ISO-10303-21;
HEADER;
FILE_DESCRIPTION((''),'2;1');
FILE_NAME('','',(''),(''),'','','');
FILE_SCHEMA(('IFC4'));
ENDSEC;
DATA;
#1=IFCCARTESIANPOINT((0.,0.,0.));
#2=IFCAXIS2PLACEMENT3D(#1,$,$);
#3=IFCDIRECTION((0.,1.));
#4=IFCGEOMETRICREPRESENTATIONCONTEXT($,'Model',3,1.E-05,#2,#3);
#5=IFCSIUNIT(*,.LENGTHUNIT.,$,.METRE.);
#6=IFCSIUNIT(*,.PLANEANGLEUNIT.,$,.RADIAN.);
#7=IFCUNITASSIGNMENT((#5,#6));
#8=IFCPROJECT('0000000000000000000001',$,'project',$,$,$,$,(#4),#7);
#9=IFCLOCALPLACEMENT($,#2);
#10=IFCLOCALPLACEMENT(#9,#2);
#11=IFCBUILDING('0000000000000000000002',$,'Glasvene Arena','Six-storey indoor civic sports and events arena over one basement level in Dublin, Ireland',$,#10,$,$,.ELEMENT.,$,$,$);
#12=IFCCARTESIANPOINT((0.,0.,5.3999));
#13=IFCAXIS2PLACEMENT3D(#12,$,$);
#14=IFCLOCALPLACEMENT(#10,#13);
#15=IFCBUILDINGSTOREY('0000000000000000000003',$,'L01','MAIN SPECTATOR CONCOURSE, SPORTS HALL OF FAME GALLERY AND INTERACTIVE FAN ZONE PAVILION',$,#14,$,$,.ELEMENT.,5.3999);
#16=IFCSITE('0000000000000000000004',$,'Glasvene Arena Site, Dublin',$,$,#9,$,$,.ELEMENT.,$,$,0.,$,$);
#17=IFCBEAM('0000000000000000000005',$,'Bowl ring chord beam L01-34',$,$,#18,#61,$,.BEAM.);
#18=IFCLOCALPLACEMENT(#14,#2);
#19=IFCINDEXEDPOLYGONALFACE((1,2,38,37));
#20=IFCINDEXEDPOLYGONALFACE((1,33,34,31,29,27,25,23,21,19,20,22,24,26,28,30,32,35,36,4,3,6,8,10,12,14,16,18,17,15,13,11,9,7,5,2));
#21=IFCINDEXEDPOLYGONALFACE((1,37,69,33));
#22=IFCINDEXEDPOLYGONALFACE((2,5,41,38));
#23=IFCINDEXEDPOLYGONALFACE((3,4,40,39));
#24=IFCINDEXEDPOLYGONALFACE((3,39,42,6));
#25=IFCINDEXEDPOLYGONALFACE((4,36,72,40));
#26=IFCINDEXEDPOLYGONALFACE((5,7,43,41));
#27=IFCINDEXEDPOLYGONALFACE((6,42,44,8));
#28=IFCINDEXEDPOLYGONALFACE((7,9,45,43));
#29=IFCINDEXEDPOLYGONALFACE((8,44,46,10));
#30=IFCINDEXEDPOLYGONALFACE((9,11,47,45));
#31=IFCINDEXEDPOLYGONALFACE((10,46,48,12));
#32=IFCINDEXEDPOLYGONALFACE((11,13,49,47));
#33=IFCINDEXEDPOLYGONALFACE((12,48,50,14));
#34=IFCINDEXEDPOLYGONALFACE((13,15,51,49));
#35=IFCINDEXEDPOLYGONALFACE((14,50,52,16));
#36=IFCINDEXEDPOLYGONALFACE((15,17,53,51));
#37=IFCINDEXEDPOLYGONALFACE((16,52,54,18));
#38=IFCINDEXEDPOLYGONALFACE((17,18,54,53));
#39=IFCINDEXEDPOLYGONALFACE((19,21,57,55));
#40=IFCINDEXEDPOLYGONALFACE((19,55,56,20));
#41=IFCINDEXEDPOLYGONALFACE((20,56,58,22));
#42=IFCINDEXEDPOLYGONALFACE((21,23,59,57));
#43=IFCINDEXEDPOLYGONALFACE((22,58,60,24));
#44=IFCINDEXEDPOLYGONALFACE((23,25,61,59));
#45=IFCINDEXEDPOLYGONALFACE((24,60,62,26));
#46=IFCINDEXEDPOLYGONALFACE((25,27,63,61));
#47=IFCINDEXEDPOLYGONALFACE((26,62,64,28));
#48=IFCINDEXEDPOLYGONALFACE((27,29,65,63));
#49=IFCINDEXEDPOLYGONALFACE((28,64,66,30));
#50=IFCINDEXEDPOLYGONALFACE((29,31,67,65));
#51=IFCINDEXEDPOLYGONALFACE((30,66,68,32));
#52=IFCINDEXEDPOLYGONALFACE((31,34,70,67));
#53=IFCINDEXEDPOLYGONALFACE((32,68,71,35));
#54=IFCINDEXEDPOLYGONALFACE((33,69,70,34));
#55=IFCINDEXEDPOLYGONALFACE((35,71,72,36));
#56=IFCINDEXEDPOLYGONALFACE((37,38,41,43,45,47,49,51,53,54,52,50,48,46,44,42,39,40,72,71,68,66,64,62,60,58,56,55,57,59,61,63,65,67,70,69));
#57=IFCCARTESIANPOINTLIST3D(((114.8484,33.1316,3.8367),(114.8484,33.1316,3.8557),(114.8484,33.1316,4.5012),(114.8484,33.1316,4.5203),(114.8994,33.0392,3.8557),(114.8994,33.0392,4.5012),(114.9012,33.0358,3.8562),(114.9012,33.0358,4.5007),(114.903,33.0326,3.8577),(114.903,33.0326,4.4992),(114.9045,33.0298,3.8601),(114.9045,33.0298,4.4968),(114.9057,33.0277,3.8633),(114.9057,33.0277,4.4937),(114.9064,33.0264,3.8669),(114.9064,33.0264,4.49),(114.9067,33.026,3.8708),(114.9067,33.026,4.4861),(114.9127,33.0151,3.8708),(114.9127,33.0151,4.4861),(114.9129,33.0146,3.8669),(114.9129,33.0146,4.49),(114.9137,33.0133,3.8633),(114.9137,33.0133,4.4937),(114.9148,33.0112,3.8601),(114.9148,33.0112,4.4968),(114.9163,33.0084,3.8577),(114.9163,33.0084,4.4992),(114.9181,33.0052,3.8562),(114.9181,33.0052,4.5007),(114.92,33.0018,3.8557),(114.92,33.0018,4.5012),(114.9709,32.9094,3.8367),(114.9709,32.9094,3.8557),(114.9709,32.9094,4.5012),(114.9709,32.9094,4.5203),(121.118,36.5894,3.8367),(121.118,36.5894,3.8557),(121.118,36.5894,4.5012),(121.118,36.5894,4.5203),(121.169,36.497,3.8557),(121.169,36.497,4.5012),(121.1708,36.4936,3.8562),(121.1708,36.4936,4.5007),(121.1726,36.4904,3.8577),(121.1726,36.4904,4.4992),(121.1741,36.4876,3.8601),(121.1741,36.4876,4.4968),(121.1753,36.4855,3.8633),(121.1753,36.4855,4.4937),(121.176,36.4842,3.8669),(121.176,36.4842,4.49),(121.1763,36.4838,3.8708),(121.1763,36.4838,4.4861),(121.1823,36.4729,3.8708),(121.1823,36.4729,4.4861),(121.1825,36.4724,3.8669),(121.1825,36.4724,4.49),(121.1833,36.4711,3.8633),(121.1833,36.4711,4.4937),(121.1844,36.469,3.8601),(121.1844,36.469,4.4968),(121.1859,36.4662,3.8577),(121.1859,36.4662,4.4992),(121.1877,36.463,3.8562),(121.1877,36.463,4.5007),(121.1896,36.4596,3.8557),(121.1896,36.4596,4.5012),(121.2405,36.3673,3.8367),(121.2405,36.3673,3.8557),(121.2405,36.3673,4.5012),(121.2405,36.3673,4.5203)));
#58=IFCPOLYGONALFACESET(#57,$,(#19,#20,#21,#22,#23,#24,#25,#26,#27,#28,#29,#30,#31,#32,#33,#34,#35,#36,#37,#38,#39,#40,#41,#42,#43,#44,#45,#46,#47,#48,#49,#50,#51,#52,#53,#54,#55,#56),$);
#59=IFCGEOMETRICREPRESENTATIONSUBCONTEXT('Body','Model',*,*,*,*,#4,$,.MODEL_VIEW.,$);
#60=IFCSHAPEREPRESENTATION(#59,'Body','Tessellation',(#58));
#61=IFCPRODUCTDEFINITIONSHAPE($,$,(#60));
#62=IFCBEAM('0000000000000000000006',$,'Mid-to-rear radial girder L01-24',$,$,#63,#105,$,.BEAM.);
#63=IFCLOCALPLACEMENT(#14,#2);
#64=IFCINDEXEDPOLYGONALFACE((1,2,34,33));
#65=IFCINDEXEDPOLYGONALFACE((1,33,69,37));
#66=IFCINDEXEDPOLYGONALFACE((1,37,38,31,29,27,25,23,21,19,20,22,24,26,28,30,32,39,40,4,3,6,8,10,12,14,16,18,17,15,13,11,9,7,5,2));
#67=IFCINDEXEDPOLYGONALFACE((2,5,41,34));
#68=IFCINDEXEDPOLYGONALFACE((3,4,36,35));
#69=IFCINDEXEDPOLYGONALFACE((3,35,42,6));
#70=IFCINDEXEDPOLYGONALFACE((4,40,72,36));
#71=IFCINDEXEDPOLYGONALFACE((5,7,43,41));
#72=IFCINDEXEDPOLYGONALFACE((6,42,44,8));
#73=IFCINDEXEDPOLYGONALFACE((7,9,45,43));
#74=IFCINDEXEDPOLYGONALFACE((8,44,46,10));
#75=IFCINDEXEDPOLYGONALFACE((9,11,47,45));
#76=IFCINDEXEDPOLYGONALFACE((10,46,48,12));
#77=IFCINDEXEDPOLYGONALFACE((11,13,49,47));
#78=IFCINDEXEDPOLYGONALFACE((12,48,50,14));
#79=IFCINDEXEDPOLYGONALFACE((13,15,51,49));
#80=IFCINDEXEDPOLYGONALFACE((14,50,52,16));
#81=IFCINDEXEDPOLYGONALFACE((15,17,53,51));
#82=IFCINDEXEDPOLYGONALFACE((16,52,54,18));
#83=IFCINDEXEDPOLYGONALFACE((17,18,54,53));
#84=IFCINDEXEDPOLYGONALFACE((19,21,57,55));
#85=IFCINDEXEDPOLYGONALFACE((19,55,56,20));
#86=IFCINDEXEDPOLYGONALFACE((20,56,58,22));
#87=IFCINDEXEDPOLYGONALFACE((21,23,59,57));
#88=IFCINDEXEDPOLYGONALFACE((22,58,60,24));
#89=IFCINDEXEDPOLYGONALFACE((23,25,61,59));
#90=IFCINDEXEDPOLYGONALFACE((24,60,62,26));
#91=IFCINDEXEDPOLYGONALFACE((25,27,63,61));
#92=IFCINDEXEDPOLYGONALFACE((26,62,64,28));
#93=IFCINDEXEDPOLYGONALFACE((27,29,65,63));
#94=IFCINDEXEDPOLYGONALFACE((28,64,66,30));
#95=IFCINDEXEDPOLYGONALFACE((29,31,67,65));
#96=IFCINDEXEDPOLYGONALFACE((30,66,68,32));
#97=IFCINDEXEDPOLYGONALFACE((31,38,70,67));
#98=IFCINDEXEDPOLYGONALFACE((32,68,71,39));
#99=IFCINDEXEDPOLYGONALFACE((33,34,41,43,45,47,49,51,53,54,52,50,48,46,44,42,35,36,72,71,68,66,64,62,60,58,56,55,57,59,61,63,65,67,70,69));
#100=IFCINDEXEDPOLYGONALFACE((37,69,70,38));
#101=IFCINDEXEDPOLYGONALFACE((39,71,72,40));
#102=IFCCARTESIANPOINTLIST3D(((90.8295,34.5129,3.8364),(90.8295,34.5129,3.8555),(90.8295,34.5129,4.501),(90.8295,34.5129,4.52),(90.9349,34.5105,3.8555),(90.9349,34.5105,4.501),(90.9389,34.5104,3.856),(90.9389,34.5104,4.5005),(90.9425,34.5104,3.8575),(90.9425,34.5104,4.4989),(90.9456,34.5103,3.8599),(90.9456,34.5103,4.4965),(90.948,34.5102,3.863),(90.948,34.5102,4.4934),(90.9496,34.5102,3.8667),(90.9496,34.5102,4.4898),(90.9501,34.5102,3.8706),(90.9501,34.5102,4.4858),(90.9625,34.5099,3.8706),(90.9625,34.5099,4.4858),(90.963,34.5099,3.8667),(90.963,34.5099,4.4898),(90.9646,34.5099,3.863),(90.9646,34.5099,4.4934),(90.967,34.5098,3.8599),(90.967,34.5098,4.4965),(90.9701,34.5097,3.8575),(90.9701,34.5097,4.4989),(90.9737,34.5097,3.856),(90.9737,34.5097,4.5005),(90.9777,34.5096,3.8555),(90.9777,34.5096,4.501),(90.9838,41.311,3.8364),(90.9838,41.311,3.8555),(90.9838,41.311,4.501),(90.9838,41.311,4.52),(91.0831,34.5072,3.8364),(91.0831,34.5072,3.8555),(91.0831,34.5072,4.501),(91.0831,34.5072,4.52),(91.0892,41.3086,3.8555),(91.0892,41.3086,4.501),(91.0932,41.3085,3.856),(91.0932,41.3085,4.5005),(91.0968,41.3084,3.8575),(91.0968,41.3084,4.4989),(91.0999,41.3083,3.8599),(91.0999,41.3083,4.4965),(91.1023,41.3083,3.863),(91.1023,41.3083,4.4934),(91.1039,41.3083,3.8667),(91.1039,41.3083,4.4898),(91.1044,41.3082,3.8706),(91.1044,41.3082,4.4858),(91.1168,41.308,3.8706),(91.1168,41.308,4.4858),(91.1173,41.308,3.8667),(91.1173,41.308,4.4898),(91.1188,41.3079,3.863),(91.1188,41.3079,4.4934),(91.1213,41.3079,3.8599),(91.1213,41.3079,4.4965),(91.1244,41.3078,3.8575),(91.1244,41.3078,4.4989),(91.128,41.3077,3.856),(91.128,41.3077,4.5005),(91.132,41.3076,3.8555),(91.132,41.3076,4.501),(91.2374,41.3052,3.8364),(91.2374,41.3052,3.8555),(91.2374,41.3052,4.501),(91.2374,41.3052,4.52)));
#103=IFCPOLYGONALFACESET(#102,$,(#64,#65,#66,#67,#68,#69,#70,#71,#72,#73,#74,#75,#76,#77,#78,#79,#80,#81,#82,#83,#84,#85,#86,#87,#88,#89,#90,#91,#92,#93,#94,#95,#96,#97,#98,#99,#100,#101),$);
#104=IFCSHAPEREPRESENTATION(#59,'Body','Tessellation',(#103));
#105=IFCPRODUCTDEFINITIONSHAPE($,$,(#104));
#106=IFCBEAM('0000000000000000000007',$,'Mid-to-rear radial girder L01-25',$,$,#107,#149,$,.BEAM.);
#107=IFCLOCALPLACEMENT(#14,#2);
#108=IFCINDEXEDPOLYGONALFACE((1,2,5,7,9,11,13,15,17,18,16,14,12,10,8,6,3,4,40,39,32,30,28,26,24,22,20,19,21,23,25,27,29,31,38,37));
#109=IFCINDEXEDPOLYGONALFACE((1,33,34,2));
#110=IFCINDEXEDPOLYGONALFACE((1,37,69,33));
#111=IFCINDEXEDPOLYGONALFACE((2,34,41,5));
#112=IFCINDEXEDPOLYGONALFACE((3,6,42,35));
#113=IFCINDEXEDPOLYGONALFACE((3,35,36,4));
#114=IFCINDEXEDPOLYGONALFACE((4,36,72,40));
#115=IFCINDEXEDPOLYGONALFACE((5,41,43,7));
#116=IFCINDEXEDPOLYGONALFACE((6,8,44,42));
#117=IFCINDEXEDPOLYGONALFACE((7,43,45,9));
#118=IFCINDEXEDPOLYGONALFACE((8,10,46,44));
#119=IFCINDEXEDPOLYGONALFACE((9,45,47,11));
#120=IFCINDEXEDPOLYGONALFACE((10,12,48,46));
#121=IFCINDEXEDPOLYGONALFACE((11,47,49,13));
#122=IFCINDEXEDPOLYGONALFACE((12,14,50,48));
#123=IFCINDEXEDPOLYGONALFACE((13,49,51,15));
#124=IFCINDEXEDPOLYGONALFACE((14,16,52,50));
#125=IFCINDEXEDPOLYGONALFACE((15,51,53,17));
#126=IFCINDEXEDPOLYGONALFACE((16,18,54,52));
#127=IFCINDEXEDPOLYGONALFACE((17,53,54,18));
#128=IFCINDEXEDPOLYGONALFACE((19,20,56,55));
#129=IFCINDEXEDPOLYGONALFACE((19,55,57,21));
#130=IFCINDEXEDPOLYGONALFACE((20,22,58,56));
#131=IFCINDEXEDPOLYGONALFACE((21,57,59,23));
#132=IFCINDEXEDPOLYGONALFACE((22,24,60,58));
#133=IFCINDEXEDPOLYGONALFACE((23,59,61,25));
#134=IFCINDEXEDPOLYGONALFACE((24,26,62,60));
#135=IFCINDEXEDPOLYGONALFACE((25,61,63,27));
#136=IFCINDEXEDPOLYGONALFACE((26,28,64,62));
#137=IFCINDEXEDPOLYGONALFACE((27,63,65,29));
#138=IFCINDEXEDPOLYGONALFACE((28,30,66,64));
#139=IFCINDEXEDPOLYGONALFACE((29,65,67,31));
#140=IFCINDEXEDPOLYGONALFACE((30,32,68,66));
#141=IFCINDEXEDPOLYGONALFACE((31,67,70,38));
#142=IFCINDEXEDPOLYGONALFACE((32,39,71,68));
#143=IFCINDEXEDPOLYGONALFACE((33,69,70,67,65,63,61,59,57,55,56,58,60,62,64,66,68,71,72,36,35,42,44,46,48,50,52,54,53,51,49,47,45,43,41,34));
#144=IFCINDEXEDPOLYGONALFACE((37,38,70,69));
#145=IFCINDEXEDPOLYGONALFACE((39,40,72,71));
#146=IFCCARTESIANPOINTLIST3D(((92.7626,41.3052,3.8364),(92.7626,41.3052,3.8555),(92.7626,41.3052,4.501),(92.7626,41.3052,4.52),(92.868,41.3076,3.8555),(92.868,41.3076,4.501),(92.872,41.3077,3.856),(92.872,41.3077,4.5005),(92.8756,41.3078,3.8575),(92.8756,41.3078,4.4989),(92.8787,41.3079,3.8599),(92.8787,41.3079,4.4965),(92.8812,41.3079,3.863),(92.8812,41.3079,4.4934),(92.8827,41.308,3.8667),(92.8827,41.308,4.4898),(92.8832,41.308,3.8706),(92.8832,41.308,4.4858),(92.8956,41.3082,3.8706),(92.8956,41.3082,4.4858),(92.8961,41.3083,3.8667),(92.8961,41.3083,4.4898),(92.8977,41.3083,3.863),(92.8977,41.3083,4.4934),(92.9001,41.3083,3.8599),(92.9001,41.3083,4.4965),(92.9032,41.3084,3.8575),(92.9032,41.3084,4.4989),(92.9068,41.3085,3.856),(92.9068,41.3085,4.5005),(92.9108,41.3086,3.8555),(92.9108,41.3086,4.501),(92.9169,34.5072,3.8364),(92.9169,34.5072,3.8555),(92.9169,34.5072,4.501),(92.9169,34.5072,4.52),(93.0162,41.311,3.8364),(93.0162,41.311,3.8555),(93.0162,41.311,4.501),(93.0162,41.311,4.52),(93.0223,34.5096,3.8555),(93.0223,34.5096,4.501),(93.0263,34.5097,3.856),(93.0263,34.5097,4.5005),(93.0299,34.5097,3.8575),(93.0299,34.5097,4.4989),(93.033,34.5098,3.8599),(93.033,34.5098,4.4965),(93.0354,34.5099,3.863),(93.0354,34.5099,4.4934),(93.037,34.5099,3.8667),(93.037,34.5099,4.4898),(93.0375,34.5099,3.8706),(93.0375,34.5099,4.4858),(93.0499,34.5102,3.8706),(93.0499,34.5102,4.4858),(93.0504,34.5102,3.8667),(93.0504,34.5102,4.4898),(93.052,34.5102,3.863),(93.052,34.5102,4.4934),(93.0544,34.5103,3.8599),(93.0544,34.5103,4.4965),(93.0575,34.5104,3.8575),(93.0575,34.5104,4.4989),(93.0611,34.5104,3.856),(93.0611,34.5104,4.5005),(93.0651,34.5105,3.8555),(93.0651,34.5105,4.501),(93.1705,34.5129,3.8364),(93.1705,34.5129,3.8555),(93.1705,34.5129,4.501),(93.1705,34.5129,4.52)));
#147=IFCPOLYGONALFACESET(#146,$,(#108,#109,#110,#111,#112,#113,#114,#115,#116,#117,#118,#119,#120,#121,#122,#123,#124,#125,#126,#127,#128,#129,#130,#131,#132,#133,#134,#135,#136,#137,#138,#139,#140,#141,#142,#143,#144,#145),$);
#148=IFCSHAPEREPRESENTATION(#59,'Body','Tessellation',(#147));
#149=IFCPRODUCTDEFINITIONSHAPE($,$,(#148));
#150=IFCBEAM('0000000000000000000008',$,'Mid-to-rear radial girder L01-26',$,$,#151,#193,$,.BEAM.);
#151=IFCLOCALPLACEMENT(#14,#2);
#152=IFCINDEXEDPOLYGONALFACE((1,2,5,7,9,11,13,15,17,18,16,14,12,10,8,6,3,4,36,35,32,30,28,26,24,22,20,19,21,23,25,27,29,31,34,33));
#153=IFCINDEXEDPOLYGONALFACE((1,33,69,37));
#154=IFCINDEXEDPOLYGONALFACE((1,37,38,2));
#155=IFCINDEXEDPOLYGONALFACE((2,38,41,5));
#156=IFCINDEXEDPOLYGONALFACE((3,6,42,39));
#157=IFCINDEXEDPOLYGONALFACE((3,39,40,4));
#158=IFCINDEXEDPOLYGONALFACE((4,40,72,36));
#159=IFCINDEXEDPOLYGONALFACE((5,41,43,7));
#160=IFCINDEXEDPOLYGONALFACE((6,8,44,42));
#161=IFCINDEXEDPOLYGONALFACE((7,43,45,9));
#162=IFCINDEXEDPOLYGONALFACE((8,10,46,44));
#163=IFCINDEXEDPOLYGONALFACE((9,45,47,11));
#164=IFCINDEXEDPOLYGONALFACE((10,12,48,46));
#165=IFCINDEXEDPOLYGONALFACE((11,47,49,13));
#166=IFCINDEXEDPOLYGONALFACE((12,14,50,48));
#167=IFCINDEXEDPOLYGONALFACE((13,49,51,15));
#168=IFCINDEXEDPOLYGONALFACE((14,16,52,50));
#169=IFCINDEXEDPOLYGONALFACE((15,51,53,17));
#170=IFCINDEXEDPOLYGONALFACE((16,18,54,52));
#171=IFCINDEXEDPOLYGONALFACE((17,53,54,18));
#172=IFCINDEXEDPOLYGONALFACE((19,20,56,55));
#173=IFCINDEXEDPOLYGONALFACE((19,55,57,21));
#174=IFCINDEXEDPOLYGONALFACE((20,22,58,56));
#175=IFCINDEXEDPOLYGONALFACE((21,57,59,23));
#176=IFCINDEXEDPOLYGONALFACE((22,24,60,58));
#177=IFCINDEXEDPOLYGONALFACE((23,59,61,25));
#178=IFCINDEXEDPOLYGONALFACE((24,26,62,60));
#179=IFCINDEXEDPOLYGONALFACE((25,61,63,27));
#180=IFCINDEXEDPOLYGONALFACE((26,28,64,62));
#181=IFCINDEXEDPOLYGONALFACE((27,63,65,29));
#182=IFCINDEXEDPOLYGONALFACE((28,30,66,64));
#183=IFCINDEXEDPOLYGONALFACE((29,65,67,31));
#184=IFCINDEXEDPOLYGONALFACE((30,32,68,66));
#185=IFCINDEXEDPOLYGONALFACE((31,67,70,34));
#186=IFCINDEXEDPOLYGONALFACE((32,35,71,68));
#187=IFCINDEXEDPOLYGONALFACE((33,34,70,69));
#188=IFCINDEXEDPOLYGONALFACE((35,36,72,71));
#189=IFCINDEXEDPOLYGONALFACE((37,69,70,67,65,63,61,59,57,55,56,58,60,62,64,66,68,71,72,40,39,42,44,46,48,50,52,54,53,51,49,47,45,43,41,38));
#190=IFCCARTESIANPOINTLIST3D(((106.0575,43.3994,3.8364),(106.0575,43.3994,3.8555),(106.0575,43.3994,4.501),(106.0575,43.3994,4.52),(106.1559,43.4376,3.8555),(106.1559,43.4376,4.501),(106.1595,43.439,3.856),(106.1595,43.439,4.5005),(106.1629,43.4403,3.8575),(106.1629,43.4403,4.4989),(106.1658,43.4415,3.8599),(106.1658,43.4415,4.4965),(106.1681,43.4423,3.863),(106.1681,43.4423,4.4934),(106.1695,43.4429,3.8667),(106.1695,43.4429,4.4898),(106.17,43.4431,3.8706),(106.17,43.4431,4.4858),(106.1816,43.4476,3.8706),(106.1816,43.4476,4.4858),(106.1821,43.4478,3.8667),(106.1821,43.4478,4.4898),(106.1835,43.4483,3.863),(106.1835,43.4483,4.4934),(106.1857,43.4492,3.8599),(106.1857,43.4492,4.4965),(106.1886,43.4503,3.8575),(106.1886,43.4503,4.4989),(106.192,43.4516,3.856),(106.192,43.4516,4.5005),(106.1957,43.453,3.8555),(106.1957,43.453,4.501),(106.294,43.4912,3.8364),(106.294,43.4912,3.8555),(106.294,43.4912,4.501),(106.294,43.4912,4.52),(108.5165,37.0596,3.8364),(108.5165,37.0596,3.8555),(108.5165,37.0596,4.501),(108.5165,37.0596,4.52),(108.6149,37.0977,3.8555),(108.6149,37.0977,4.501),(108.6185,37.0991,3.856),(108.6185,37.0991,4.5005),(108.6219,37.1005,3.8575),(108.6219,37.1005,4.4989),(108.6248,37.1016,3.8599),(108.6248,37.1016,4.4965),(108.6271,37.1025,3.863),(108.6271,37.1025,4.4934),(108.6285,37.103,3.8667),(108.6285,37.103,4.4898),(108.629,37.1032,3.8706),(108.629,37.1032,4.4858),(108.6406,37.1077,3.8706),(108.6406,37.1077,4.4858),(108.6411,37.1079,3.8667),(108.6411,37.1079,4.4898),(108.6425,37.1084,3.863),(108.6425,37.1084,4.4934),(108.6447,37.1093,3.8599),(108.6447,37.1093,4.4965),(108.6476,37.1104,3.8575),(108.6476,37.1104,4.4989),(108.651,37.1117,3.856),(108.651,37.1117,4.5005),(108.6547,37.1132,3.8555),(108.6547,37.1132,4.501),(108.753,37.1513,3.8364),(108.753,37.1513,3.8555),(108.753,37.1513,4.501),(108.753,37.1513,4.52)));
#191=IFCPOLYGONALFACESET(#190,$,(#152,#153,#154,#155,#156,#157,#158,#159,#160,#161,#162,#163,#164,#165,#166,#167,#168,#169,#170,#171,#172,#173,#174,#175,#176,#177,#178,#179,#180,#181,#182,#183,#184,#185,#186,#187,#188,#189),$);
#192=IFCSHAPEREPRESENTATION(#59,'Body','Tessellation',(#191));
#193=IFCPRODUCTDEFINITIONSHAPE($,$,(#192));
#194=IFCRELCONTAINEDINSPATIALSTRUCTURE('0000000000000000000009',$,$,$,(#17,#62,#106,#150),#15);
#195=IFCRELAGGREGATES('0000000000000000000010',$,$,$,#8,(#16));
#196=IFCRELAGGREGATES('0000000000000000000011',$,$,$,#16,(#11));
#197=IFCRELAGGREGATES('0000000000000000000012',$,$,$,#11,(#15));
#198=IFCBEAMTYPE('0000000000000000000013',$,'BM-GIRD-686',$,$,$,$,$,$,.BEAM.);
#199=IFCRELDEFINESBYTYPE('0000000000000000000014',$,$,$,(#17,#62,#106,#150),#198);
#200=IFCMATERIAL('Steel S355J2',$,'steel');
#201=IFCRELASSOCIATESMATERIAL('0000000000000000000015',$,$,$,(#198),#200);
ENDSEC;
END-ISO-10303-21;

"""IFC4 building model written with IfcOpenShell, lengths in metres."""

from ifc_helpers import new_model, si_unit, direction, frame, origin, origin_2d, place, context, subcontext, project, spatial, i_section, extrude, material, material_profile, profile_set, type_object, element, save


model = new_model("IFC4")

# Units and contexts
model_context = context("Model", 3, precision=1e-05, world=origin(), true_north=direction((0.0, 1.0)))
body_context = subcontext(model_context, "Body", "Model", "MODEL_VIEW")
ifc_project = project(units=[si_unit("LENGTHUNIT", "METRE"), si_unit("PLANEANGLEUNIT", "RADIAN")], contexts=[model_context])

# Site, building, storey
site_placement = place(None, origin())
site = spatial("IfcSite", under=ifc_project, at=site_placement, Name="Glasvene Arena Site, Dublin", CompositionType="ELEMENT", RefElevation=0.0)
building_placement = place(site_placement, origin())
building = spatial("IfcBuilding", under=site, at=building_placement, Name="Glasvene Arena", Description="Six-storey indoor civic sports and events arena over one basement level in Dublin, Ireland", CompositionType="ELEMENT")
storey_placement = place(building_placement, frame((0.0, 0.0, 5.3999)))
storey = spatial("IfcBuildingStorey", under=building, at=storey_placement, Name="L01", Description="MAIN SPECTATOR CONCOURSE, SPORTS HALL OF FAME GALLERY AND INTERACTIVE FAN ZONE PAVILION", CompositionType="ELEMENT", Elevation=5.3999)

# Shared definitions
ifc_material_1 = material(Name="Steel S355J2", Category="steel")

# Beams
ifc_material_profile_1 = material_profile(ifc_material_1, i_section(OverallWidth=0.2537, OverallDepth=0.6836, WebThickness=0.0125, FlangeThickness=0.019, FilletRadius=0.0151, at=origin_2d()), Name="UKB 686x254x140")
ifc_profile_set_1 = profile_set([ifc_material_profile_1], Name="Steel S355J2")
beam_type_1 = type_object("IfcBeamType", Name="BM-GIRD-686", PredefinedType="BEAM", material=ifc_profile_set_1)
beam_1_placement = place(storey_placement, frame((114.9097, 33.0205, 4.1785), z_axis=(0.875654, 0.482939, 0.0), x_axis=(-0.482939, 0.875654, 0.0)))
element("IfcBeam", 1, at=beam_1_placement, inside=storey, type_object=beam_type_1, Name="Bowl ring chord beam L01-34", PredefinedType="BEAM", context=body_context, shape_type="SweptSolid", body=[
    extrude(i_section(OverallWidth=0.2537, OverallDepth=0.6836, WebThickness=0.0125, FlangeThickness=0.019, FilletRadius=0.0151, at=origin_2d()), origin(), (0.0, 0.0, 1.0), 7.1599),
])
for number, where, z_axis, x_axis, name in (
    (2, (91.1106, 41.3081, 4.1782), (-0.022691, -0.999743, 0.0), (0.999743, -0.022691, 0.0), "Mid-to-rear radial girder L01-24"),
    (3, (92.8894, 41.3081, 4.1782), (0.022691, -0.999743, 0.0), (0.999743, 0.022691, 0.0), "Mid-to-rear radial girder L01-25"),
):
    element("IfcBeam", number, at=place(storey_placement, frame(where, z_axis=z_axis, x_axis=x_axis)), inside=storey, type_object=beam_type_1, Name=name, PredefinedType="BEAM", context=body_context, shape_type="SweptSolid", body=[
        extrude(i_section(OverallWidth=0.2537, OverallDepth=0.6836, WebThickness=0.0125, FlangeThickness=0.019, FilletRadius=0.0151, at=origin_2d()), origin(), (0.0, 0.0, 1.0), 6.7998),
    ])
beam_2_placement = place(storey_placement, frame((106.1758, 43.4453, 4.1782), z_axis=(0.361614, -0.932328, 0.0), x_axis=(0.932328, 0.361614, 0.0)))
element("IfcBeam", 4, at=beam_2_placement, inside=storey, type_object=beam_type_1, Name="Mid-to-rear radial girder L01-26", PredefinedType="BEAM", context=body_context, shape_type="SweptSolid", body=[
    extrude(i_section(OverallWidth=0.2537, OverallDepth=0.6836, WebThickness=0.0125, FlangeThickness=0.019, FilletRadius=0.0151, at=origin_2d()), origin(), (0.0, 0.0, 1.0), 6.8),
])

save(model, "model.ifc")
